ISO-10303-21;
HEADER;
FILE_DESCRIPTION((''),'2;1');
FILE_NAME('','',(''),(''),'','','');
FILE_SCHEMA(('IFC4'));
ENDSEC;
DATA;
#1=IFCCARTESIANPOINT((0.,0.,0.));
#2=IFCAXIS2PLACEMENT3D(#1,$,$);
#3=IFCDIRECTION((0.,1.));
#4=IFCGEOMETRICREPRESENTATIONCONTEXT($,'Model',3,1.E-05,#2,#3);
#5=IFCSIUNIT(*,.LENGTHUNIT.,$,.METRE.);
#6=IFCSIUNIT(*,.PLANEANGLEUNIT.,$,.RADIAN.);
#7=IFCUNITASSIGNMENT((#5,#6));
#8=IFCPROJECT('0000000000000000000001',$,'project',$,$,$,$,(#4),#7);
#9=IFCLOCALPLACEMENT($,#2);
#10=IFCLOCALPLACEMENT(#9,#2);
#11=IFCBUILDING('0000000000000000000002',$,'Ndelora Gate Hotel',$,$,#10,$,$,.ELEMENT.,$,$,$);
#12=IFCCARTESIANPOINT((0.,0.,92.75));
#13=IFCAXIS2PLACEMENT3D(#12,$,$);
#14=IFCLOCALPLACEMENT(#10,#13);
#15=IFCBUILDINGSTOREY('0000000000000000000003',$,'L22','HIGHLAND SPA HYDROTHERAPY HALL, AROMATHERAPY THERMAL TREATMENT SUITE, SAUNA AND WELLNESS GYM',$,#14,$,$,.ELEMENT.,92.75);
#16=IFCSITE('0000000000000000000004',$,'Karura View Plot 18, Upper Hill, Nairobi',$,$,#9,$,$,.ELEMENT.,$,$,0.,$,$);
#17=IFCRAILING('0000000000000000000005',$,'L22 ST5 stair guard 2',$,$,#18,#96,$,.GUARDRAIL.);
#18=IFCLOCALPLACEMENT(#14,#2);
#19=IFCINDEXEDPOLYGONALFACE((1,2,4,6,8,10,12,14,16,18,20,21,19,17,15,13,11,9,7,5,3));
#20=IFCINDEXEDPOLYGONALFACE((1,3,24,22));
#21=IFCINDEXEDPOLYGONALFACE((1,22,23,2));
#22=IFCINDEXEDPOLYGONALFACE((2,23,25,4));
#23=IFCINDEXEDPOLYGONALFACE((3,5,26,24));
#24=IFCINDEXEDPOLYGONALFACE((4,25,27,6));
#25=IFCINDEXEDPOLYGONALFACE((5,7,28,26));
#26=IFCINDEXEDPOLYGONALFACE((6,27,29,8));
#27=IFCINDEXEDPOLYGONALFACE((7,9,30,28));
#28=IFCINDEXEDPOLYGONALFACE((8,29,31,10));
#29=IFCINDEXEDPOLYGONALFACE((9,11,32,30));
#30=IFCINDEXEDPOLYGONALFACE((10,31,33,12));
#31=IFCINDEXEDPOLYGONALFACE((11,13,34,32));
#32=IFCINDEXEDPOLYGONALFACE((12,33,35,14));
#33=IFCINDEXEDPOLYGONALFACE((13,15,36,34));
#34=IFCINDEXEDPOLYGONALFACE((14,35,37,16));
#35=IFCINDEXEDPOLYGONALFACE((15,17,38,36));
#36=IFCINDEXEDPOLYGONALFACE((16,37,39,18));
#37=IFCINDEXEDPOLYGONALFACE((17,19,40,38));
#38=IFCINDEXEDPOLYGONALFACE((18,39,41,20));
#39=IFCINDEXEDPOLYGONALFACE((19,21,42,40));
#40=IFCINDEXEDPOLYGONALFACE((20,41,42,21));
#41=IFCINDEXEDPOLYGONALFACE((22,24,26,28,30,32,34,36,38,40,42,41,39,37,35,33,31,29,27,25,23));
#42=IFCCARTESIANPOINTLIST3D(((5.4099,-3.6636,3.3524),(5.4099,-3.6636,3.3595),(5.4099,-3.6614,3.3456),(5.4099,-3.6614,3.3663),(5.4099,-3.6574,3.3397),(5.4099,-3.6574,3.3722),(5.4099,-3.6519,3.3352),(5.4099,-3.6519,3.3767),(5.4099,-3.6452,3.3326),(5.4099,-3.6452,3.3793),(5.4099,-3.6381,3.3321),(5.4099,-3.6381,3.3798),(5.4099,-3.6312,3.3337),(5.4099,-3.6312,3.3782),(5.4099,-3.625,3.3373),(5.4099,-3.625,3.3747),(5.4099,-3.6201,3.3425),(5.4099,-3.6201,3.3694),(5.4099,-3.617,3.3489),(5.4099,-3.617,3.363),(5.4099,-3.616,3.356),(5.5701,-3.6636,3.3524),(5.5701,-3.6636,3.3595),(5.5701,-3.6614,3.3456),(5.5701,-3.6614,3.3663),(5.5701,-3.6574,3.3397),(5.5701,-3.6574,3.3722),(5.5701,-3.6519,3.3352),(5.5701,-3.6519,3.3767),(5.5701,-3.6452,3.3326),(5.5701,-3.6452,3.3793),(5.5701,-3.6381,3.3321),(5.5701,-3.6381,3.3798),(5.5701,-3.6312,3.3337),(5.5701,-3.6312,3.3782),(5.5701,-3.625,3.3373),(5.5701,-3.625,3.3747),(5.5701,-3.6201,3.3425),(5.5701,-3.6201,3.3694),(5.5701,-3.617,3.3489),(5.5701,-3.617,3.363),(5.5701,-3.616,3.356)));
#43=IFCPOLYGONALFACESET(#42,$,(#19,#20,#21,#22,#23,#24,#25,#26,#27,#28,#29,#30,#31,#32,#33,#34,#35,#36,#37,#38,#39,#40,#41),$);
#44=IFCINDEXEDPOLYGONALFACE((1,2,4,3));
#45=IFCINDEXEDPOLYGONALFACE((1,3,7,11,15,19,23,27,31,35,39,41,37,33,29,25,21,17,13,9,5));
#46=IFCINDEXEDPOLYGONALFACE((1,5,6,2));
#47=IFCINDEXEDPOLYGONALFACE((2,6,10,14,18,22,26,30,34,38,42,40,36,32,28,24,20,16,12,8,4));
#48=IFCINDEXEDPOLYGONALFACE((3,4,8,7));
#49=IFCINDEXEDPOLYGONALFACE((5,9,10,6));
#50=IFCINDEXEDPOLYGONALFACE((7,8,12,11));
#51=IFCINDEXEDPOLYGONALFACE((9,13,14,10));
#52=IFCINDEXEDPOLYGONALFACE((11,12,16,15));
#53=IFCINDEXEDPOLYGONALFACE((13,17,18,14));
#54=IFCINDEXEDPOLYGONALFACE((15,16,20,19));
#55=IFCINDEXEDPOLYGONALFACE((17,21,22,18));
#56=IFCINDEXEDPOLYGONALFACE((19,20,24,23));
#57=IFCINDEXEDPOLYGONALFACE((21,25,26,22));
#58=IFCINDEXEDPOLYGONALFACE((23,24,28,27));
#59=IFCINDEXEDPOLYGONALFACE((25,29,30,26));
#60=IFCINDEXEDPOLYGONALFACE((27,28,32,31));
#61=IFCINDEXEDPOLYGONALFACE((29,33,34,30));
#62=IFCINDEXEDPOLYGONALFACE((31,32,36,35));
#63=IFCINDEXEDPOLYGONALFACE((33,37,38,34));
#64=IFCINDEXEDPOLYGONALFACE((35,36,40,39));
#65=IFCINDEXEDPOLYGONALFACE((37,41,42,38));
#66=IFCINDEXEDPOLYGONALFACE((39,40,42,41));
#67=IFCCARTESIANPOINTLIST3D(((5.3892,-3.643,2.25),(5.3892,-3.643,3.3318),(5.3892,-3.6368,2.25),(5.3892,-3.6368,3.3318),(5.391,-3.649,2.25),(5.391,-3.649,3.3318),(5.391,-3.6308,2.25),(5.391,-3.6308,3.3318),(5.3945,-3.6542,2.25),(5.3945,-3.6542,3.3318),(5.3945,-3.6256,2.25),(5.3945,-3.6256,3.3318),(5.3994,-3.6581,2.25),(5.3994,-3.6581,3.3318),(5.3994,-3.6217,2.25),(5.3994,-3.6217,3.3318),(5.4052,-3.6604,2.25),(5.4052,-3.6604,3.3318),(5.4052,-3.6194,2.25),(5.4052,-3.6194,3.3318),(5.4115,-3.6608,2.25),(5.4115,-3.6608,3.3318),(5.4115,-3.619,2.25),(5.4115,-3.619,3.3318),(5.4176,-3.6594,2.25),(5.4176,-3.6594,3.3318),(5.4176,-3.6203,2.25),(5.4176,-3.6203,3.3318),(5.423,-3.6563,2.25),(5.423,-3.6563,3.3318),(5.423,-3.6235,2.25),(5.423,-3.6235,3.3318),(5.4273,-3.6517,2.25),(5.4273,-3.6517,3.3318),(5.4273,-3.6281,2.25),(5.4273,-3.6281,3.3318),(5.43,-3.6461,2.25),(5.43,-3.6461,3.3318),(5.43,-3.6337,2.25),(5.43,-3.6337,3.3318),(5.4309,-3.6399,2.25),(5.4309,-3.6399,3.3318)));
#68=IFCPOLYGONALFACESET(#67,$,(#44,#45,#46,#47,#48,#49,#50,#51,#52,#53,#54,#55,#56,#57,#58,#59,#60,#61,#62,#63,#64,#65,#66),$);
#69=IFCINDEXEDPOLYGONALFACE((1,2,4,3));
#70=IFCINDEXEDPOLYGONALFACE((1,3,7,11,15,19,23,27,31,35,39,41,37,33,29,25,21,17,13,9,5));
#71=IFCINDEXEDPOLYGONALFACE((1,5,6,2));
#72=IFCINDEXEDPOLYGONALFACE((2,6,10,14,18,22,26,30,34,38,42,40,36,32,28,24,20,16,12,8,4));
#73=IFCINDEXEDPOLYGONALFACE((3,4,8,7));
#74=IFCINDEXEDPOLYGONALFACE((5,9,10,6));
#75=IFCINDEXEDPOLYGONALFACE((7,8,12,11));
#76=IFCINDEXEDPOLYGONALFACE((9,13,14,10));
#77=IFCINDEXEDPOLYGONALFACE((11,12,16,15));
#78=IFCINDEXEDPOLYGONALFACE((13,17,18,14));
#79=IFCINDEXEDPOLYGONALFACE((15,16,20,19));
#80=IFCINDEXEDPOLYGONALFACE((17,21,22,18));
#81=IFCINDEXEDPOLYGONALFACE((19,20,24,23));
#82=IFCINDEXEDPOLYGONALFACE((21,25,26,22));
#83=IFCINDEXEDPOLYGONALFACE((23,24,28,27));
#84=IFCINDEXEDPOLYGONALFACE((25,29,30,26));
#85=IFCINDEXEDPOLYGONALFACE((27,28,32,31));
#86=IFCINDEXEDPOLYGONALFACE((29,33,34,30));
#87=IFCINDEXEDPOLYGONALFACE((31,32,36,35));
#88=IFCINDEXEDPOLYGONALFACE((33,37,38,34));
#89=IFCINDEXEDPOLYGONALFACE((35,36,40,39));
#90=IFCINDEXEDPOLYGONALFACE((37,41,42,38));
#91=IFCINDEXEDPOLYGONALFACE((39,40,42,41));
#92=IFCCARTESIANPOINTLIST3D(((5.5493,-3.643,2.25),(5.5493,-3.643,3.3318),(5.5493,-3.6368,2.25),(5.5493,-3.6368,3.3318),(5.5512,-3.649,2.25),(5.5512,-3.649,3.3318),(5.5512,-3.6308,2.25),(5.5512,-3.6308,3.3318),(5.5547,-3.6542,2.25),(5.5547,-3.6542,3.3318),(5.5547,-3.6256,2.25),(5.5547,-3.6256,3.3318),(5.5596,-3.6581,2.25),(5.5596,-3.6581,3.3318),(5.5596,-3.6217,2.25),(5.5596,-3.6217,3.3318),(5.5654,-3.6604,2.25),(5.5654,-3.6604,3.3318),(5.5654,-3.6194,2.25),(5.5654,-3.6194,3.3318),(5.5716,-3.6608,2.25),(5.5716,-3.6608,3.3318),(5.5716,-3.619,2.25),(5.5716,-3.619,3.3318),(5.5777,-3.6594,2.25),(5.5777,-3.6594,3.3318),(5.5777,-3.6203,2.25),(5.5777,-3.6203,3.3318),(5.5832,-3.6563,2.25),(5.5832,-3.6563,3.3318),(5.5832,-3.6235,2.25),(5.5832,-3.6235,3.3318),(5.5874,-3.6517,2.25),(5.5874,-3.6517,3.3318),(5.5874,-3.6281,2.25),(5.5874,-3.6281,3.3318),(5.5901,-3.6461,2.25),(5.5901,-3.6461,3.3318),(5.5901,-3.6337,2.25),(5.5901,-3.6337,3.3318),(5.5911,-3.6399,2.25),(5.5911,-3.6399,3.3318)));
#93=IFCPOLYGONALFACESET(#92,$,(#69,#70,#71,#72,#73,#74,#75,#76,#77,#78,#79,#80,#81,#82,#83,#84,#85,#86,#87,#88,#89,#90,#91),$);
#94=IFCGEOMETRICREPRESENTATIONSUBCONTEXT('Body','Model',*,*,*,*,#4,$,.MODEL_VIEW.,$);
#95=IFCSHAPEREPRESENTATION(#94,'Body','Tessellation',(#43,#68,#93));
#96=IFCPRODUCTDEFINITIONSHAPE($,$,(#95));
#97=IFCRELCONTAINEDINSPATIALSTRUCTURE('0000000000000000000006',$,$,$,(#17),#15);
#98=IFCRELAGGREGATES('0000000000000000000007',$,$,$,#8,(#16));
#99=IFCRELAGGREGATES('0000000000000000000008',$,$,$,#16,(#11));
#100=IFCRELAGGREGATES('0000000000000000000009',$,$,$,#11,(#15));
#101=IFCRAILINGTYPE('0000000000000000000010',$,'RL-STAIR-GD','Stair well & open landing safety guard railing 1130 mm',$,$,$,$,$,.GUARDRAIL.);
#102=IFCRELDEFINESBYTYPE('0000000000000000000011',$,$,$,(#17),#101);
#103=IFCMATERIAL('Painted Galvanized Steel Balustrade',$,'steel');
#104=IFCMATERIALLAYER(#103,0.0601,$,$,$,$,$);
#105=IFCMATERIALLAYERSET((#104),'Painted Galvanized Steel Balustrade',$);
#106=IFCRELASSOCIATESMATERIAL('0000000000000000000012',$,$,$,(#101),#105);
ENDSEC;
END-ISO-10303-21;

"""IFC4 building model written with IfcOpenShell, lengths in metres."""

from ifc_helpers import new_model, si_unit, direction, frame, origin, origin_2d, place, context, subcontext, project, spatial, circle, extrude, material, layer, layer_set, type_object, element, save


model = new_model("IFC4")

# Units and contexts
model_context = context("Model", 3, precision=1e-05, world=origin(), true_north=direction((0.0, 1.0)))
body_context = subcontext(model_context, "Body", "Model", "MODEL_VIEW")
ifc_project = project(units=[si_unit("LENGTHUNIT", "METRE"), si_unit("PLANEANGLEUNIT", "RADIAN")], contexts=[model_context])

# Site, building, storey
site_placement = place(None, origin())
site = spatial("IfcSite", under=ifc_project, at=site_placement, Name="Karura View Plot 18, Upper Hill, Nairobi", CompositionType="ELEMENT", RefElevation=0.0)
building_placement = place(site_placement, origin())
building = spatial("IfcBuilding", under=site, at=building_placement, Name="Ndelora Gate Hotel", CompositionType="ELEMENT")
storey_placement = place(building_placement, frame((0.0, 0.0, 92.75)))
storey = spatial("IfcBuildingStorey", under=building, at=storey_placement, Name="L22", Description="HIGHLAND SPA HYDROTHERAPY HALL, AROMATHERAPY THERMAL TREATMENT SUITE, SAUNA AND WELLNESS GYM", CompositionType="ELEMENT", Elevation=92.75)

# Railing
ifc_material_1 = material(Name="Painted Galvanized Steel Balustrade", Category="steel")
ifc_layer_1 = layer(ifc_material_1, 0.0601)
ifc_layer_set_1 = layer_set([ifc_layer_1], Name="Painted Galvanized Steel Balustrade")
railing_type_1 = type_object("IfcRailingType", Name="RL-STAIR-GD", Description="Stair well & open landing safety guard railing 1130 mm", PredefinedType="GUARDRAIL", material=ifc_layer_set_1)
railing_1_placement = place(storey_placement, frame((5.4099, -3.6399, 2.25)))
element("IfcRailing", 1, at=railing_1_placement, inside=storey, type_object=railing_type_1, Name="L22 ST5 stair guard 2", PredefinedType="GUARDRAIL", context=body_context, shape_type="SweptSolid", body=[
    extrude(circle(Radius=0.0239, at=origin_2d()), frame((0.0, 0.0, 1.106), z_axis=(1.0, 0.0, 0.0), x_axis=(0.0, 1.0, 0.0)), (0.0, 0.0, 1.0), 0.1602),
    extrude(circle(Radius=0.021, at=origin_2d()), origin(), (0.0, 0.0, 1.0), 1.0818),
    extrude(circle(Radius=0.021, at=origin_2d()), frame((0.1602, 0.0, 0.0)), (0.0, 0.0, 1.0), 1.0818),
])

save(model, "model.ifc")
